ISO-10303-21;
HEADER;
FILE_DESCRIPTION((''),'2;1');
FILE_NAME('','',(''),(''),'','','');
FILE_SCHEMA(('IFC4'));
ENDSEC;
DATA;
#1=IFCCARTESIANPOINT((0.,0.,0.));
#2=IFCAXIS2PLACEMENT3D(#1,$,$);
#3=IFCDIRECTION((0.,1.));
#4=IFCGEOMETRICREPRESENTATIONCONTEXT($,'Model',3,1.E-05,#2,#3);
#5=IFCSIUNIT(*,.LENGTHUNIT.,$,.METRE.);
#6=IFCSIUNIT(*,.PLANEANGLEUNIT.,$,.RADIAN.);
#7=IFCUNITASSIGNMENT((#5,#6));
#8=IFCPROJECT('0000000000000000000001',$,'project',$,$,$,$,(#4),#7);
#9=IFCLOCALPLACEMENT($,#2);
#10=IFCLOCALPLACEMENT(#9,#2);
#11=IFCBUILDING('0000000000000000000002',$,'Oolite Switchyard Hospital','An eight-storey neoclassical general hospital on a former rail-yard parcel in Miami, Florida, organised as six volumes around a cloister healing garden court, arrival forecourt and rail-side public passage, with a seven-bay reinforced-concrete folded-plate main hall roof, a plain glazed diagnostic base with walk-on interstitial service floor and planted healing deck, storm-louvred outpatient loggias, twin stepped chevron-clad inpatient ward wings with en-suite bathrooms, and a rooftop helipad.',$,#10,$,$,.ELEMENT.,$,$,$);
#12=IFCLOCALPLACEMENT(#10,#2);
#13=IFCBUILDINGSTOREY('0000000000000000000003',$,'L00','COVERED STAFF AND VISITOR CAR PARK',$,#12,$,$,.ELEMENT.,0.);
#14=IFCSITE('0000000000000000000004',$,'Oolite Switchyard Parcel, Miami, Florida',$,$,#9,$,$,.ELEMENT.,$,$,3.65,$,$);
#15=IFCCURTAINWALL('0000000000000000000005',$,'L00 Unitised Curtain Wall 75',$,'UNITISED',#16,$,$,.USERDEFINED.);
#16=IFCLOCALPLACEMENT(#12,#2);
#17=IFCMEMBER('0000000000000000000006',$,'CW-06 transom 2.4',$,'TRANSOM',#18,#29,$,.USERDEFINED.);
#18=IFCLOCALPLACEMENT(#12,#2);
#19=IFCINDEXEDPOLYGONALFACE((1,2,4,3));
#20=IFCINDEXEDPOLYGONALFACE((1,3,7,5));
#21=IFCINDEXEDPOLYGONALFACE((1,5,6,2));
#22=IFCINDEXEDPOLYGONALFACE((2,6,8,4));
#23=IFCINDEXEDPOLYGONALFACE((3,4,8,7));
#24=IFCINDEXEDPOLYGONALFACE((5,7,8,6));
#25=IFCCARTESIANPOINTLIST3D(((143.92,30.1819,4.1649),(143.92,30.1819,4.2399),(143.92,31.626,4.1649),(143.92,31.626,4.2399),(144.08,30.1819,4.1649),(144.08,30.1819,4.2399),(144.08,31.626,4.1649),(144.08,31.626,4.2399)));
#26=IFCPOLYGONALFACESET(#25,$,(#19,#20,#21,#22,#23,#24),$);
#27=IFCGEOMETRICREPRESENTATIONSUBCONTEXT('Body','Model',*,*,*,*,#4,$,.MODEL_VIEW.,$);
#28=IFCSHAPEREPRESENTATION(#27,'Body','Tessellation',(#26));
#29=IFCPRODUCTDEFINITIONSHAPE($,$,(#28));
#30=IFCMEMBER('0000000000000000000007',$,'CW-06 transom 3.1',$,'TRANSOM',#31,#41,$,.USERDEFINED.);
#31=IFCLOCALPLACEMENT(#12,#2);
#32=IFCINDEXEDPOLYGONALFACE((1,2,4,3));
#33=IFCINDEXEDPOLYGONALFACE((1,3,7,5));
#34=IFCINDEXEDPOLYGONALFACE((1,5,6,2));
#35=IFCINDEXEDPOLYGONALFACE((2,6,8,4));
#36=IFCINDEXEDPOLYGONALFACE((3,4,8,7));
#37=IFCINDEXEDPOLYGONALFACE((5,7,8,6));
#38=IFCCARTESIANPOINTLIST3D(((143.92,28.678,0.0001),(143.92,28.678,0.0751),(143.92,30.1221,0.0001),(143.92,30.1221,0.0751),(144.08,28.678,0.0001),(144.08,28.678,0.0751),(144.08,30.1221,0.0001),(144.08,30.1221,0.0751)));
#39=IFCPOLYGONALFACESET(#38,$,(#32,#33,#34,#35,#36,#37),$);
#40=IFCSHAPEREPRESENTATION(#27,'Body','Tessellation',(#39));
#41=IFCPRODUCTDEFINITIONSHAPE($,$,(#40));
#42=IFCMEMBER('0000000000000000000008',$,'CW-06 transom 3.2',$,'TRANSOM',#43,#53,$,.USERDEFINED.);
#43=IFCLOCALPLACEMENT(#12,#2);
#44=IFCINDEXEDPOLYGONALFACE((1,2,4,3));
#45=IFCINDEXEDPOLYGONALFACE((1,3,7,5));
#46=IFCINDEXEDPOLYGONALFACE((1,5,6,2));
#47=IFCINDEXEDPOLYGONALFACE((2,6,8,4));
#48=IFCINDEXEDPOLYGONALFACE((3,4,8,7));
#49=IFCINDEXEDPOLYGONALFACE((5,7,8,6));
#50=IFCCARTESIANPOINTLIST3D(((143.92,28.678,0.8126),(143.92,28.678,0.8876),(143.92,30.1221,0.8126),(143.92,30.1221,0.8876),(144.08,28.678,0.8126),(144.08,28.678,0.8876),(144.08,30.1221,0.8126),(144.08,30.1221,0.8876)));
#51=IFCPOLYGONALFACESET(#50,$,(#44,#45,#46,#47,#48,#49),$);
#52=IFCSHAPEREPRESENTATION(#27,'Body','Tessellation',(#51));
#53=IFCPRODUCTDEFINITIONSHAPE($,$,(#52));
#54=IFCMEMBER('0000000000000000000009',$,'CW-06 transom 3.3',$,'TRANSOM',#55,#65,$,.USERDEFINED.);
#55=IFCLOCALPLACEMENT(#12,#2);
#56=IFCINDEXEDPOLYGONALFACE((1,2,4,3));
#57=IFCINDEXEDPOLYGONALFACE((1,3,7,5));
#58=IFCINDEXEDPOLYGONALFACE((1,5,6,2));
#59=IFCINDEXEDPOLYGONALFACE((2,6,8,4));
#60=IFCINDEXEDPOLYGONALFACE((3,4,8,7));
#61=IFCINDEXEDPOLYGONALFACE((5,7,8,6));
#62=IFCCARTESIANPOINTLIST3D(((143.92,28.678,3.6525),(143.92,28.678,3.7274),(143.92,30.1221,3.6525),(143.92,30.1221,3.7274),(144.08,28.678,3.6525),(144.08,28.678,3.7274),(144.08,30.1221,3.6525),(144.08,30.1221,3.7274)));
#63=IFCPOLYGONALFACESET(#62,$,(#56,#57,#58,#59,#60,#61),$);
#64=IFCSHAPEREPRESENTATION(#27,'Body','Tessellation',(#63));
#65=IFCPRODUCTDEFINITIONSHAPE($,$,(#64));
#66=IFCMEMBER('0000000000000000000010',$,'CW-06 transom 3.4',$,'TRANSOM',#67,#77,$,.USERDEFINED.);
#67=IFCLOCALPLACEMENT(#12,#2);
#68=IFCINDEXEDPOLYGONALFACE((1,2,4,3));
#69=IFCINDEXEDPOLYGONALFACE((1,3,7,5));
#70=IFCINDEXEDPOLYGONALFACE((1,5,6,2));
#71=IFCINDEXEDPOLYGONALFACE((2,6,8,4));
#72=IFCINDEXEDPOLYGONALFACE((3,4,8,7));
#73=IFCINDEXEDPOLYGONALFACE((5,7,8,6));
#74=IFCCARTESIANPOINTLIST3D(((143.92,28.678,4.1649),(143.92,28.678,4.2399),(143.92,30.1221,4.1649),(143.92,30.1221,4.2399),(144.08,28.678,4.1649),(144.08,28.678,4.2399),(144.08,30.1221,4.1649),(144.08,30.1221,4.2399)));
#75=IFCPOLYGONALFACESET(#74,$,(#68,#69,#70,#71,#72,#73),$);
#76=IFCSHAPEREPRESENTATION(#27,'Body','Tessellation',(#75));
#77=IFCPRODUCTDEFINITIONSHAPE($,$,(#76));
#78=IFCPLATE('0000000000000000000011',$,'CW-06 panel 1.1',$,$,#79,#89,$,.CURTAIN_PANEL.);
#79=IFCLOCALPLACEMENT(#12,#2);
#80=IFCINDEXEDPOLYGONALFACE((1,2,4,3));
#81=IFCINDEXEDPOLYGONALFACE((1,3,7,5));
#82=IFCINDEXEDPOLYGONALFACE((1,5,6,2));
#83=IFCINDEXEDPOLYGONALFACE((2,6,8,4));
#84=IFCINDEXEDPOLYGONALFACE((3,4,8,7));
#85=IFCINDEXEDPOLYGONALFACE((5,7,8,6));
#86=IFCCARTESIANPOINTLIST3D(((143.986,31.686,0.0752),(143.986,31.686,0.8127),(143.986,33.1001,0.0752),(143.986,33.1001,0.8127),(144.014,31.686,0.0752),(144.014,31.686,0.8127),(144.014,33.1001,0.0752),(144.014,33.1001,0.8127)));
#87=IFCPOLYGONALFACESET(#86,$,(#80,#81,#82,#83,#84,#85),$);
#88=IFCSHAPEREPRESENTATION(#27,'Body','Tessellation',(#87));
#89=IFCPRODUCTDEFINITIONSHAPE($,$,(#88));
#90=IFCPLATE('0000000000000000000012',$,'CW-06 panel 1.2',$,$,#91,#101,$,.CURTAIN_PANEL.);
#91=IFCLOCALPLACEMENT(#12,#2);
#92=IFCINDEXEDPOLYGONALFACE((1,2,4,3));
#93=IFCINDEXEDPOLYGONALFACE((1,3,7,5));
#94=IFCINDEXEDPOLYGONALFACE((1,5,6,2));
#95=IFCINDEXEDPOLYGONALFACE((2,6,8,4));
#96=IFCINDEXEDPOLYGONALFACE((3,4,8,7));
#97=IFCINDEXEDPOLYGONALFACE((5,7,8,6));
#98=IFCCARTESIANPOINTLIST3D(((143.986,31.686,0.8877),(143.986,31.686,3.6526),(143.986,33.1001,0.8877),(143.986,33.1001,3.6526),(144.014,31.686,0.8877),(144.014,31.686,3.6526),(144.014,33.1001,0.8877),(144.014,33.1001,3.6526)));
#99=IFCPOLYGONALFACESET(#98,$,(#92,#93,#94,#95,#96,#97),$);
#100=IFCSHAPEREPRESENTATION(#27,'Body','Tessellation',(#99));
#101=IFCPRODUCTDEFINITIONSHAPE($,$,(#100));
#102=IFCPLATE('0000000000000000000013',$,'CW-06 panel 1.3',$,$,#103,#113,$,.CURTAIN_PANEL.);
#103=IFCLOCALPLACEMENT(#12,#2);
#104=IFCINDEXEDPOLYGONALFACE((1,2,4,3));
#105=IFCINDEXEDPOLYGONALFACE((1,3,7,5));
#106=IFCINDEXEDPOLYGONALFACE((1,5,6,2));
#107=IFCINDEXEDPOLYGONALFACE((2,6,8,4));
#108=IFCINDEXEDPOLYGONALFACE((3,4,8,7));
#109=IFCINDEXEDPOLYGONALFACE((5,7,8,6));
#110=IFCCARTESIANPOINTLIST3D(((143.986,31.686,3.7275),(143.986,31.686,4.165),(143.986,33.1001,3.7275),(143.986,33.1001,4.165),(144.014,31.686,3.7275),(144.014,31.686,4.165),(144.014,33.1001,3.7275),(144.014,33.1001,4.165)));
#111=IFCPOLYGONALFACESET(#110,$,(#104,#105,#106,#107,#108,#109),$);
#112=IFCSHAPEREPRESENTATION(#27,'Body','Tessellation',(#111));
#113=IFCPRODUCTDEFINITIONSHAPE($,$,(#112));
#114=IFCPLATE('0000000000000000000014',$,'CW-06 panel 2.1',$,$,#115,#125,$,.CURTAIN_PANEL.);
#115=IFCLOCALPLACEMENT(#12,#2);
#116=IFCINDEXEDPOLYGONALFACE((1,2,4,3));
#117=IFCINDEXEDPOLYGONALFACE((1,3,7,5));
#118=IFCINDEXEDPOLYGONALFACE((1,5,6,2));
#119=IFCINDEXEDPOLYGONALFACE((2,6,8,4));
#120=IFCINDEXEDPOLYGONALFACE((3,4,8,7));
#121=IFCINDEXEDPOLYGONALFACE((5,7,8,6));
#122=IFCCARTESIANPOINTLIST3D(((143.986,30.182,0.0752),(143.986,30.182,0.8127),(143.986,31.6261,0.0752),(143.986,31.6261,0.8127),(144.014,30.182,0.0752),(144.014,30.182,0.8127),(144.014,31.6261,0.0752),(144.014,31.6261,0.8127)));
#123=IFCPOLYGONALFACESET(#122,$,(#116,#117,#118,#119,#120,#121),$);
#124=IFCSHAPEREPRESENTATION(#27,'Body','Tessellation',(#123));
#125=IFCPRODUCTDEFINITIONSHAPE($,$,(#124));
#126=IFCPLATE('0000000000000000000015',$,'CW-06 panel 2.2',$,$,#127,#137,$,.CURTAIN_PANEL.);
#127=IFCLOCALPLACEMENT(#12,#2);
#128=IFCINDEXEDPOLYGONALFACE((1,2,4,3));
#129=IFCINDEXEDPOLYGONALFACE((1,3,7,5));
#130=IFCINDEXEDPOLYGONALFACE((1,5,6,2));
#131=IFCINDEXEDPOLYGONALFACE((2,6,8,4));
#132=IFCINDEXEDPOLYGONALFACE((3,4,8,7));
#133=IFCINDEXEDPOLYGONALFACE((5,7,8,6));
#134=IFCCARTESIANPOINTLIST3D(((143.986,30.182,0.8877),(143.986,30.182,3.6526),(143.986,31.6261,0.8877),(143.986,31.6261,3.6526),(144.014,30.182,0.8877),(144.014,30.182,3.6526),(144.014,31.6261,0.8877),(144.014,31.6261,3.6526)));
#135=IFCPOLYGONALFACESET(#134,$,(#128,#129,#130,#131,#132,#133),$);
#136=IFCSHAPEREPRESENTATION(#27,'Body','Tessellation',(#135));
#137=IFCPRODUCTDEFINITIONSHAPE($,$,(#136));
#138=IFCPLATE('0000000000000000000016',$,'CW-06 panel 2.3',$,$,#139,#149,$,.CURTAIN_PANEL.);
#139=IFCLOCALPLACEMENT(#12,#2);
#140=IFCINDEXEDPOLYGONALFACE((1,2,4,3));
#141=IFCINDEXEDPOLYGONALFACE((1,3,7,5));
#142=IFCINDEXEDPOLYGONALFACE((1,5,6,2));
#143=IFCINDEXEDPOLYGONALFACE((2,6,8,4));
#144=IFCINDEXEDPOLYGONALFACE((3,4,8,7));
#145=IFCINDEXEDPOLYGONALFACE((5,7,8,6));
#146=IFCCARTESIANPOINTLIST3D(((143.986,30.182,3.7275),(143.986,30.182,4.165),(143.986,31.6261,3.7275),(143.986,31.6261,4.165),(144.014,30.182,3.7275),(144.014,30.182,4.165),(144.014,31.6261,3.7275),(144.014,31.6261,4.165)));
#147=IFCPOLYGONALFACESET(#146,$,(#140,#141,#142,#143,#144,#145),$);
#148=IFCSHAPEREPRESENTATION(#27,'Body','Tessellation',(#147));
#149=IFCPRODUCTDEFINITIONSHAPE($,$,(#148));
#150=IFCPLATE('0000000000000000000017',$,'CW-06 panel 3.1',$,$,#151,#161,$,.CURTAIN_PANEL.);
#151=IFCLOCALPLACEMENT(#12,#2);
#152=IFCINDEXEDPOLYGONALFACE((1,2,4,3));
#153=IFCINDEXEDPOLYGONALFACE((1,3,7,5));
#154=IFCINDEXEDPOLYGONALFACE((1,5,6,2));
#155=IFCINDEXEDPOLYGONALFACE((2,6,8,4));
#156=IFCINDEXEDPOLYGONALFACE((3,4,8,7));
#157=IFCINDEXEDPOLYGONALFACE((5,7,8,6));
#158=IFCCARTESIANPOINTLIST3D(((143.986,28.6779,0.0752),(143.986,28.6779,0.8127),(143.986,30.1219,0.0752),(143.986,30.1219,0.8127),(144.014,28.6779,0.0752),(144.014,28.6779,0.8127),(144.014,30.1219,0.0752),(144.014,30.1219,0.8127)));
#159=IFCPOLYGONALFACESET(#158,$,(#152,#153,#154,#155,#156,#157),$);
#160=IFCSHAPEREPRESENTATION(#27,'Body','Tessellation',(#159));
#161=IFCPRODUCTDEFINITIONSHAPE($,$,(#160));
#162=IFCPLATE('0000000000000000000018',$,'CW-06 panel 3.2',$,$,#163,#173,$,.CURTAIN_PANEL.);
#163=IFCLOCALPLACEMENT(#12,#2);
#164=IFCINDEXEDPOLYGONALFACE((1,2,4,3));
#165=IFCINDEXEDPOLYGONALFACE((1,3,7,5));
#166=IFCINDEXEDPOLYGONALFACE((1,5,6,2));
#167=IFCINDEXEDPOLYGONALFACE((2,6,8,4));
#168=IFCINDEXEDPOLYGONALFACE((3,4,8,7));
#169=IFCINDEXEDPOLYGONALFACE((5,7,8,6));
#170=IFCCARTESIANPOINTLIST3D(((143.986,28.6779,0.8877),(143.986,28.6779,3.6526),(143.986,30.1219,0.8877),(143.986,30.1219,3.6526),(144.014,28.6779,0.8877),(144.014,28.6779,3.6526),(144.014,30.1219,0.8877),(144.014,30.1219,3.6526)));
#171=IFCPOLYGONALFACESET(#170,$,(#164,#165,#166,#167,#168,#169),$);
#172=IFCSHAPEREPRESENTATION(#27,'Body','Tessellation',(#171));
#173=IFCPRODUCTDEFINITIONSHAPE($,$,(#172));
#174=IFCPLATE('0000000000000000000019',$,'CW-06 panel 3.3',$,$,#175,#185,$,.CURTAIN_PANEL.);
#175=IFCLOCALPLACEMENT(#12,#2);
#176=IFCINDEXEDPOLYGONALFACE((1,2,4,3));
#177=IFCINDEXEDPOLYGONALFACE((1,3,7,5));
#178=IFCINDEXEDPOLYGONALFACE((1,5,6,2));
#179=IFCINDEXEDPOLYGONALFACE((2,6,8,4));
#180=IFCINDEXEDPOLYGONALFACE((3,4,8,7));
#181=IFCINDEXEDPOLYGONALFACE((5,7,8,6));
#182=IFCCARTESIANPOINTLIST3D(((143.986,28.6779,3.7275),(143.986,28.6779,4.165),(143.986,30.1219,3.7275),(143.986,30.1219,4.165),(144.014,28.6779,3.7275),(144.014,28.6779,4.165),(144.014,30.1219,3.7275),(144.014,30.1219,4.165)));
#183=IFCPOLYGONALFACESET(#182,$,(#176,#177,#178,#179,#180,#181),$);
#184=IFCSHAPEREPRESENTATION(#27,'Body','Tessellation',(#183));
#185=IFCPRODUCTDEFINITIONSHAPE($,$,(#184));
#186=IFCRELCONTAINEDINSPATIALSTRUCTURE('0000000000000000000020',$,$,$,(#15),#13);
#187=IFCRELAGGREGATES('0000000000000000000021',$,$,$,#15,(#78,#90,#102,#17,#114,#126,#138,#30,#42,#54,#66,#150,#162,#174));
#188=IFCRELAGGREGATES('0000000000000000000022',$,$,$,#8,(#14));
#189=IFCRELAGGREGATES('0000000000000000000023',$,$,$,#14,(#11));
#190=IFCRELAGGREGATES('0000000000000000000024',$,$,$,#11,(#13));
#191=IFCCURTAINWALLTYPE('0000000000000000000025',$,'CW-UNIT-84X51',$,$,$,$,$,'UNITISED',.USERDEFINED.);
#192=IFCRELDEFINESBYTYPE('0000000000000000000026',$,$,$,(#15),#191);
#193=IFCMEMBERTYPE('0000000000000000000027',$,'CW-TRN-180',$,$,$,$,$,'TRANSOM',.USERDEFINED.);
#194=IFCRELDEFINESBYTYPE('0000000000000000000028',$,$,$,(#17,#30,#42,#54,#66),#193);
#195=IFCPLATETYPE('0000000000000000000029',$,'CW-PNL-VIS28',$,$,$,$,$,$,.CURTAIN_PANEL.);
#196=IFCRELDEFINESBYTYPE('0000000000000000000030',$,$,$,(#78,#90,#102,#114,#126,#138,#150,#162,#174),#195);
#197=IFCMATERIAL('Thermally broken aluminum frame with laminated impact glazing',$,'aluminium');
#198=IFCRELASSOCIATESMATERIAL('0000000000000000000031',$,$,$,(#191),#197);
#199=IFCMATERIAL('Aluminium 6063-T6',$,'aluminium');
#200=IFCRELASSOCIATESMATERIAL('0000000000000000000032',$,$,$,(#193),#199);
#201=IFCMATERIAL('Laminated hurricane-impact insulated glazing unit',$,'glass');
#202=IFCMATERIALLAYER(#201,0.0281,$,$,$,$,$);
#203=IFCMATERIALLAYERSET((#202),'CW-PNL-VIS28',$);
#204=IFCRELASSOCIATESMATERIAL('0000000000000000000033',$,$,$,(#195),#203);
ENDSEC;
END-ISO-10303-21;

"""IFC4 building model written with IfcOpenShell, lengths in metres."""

from ifc_helpers import new_model, si_unit, direction, frame, origin, origin_2d, place, context, subcontext, project, spatial, rectangle, extrude, material, layer, layer_set, material_profile, profile_set, type_object, element, aggregate, save


model = new_model("IFC4")

# Units and contexts
model_context = context("Model", 3, precision=1e-05, world=origin(), true_north=direction((0.0, 1.0)))
body_context = subcontext(model_context, "Body", "Model", "MODEL_VIEW")
ifc_project = project(units=[si_unit("LENGTHUNIT", "METRE"), si_unit("PLANEANGLEUNIT", "RADIAN")], contexts=[model_context])

# Site, building, storey
site_placement = place(None, origin())
site = spatial("IfcSite", under=ifc_project, at=site_placement, Name="Oolite Switchyard Parcel, Miami, Florida", CompositionType="ELEMENT", RefElevation=3.65)
building_placement = place(site_placement, origin())
building = spatial("IfcBuilding", under=site, at=building_placement, Name="Oolite Switchyard Hospital", Description="An eight-storey neoclassical general hospital on a former rail-yard parcel in Miami, Florida, organised as six volumes around a cloister healing garden court, arrival forecourt and rail-side public passage, with a seven-bay reinforced-concrete folded-plate main hall roof, a plain glazed diagnostic base with walk-on interstitial service floor and planted healing deck, storm-louvred outpatient loggias, twin stepped chevron-clad inpatient ward wings with en-suite bathrooms, and a rooftop helipad.", CompositionType="ELEMENT")
storey_placement = place(building_placement, origin())
storey = spatial("IfcBuildingStorey", under=building, at=storey_placement, Name="L00", Description="COVERED STAFF AND VISITOR CAR PARK", CompositionType="ELEMENT", Elevation=0.0)

# Curtain wall, members, plates
ifc_material_1 = material(Name="Thermally broken aluminum frame with laminated impact glazing", Category="aluminium")
curtain_wall_type = type_object("IfcCurtainWallType", Name="CW-UNIT-84X51", ElementType="UNITISED", PredefinedType="USERDEFINED", material=ifc_material_1)
curtain_wall_placement = place(storey_placement, origin())
curtain_wall = element("IfcCurtainWall", 1, at=curtain_wall_placement, inside=storey, type_object=curtain_wall_type, Name="L00 Unitised Curtain Wall 75", ObjectType="UNITISED", PredefinedType="USERDEFINED")
ifc_material_2 = material(Name="Aluminium 6063-T6", Category="aluminium")
ifc_material_profile_1 = material_profile(ifc_material_2, rectangle(XDim=0.1599, YDim=0.075, at=origin_2d()), Name="CWT75X160")
ifc_profile_set_1 = profile_set([ifc_material_profile_1], Name="Aluminium 6063-T6")
member_type_1 = type_object("IfcMemberType", Name="CW-TRN-180", ElementType="TRANSOM", PredefinedType="USERDEFINED", material=ifc_profile_set_1)
member_1_placement = place(storey_placement, frame((144.0, 31.626, 4.2024), z_axis=(0.0, -1.0, 0.0), x_axis=(1.0, 0.0, 0.0)))
member_1 = element("IfcMember", 2, at=member_1_placement, type_object=member_type_1, Name="CW-06 transom 2.4", ObjectType="TRANSOM", PredefinedType="USERDEFINED", context=body_context, shape_type="SweptSolid", body=[
    extrude(rectangle(XDim=0.1599, YDim=0.075, at=origin_2d()), origin(), (0.0, 0.0, 1.0), 1.4441),
])
member_2_placement = place(storey_placement, frame((144.0, 30.1221, 0.0376), z_axis=(0.0, -1.0, 0.0), x_axis=(1.0, 0.0, 0.0)))
member_2 = element("IfcMember", 3, at=member_2_placement, type_object=member_type_1, Name="CW-06 transom 3.1", ObjectType="TRANSOM", PredefinedType="USERDEFINED", context=body_context, shape_type="SweptSolid", body=[
    extrude(rectangle(XDim=0.1599, YDim=0.075, at=origin_2d()), origin(), (0.0, 0.0, 1.0), 1.4441),
])
member_3_placement = place(storey_placement, frame((144.0, 30.1221, 0.8501), z_axis=(0.0, -1.0, 0.0), x_axis=(1.0, 0.0, 0.0)))
member_3 = element("IfcMember", 4, at=member_3_placement, type_object=member_type_1, Name="CW-06 transom 3.2", ObjectType="TRANSOM", PredefinedType="USERDEFINED", context=body_context, shape_type="SweptSolid", body=[
    extrude(rectangle(XDim=0.1599, YDim=0.075, at=origin_2d()), origin(), (0.0, 0.0, 1.0), 1.4441),
])
member_4_placement = place(storey_placement, frame((144.0, 30.1221, 3.6899), z_axis=(0.0, -1.0, 0.0), x_axis=(1.0, 0.0, 0.0)))
member_4 = element("IfcMember", 5, at=member_4_placement, type_object=member_type_1, Name="CW-06 transom 3.3", ObjectType="TRANSOM", PredefinedType="USERDEFINED", context=body_context, shape_type="SweptSolid", body=[
    extrude(rectangle(XDim=0.1599, YDim=0.075, at=origin_2d()), origin(), (0.0, 0.0, 1.0), 1.4441),
])
member_5_placement = place(storey_placement, frame((144.0, 30.1221, 4.2024), z_axis=(0.0, -1.0, 0.0), x_axis=(1.0, 0.0, 0.0)))
member_5 = element("IfcMember", 6, at=member_5_placement, type_object=member_type_1, Name="CW-06 transom 3.4", ObjectType="TRANSOM", PredefinedType="USERDEFINED", context=body_context, shape_type="SweptSolid", body=[
    extrude(rectangle(XDim=0.1599, YDim=0.075, at=origin_2d()), origin(), (0.0, 0.0, 1.0), 1.4441),
])
ifc_material_3 = material(Name="Laminated hurricane-impact insulated glazing unit", Category="glass")
ifc_layer = layer(ifc_material_3, 0.0281)
ifc_layer_set = layer_set([ifc_layer], Name="CW-PNL-VIS28")
plate_type = type_object("IfcPlateType", Name="CW-PNL-VIS28", PredefinedType="CURTAIN_PANEL", material=ifc_layer_set)
plate_1_placement = place(storey_placement, frame((144.0, 32.3931, 0.0752), z_axis=(0.0, 0.0, 1.0), x_axis=(0.0, -1.0, 0.0)))
plate_1 = element("IfcPlate", 7, at=plate_1_placement, type_object=plate_type, Name="CW-06 panel 1.1", PredefinedType="CURTAIN_PANEL", context=body_context, shape_type="SweptSolid", body=[
    extrude(rectangle(XDim=1.4141, YDim=0.0281, at=origin_2d()), origin(), (0.0, 0.0, 1.0), 0.7375),
])
plate_2_placement = place(storey_placement, frame((144.0, 32.3931, 0.8877), z_axis=(0.0, 0.0, 1.0), x_axis=(0.0, -1.0, 0.0)))
plate_2 = element("IfcPlate", 8, at=plate_2_placement, type_object=plate_type, Name="CW-06 panel 1.2", PredefinedType="CURTAIN_PANEL", context=body_context, shape_type="SweptSolid", body=[
    extrude(rectangle(XDim=1.4141, YDim=0.0281, at=origin_2d()), origin(), (0.0, 0.0, 1.0), 2.7649),
])
plate_3_placement = place(storey_placement, frame((144.0, 32.3931, 3.7275), z_axis=(0.0, 0.0, 1.0), x_axis=(0.0, -1.0, 0.0)))
plate_3 = element("IfcPlate", 9, at=plate_3_placement, type_object=plate_type, Name="CW-06 panel 1.3", PredefinedType="CURTAIN_PANEL", context=body_context, shape_type="SweptSolid", body=[
    extrude(rectangle(XDim=1.4141, YDim=0.0281, at=origin_2d()), origin(), (0.0, 0.0, 1.0), 0.4375),
])
plate_4_placement = place(storey_placement, frame((144.0, 30.9041, 0.0752), z_axis=(0.0, 0.0, 1.0), x_axis=(0.0, -1.0, 0.0)))
plate_4 = element("IfcPlate", 10, at=plate_4_placement, type_object=plate_type, Name="CW-06 panel 2.1", PredefinedType="CURTAIN_PANEL", context=body_context, shape_type="SweptSolid", body=[
    extrude(rectangle(XDim=1.4441, YDim=0.0281, at=origin_2d()), origin(), (0.0, 0.0, 1.0), 0.7375),
])
plate_5_placement = place(storey_placement, frame((144.0, 30.9041, 0.8877), z_axis=(0.0, 0.0, 1.0), x_axis=(0.0, -1.0, 0.0)))
plate_5 = element("IfcPlate", 11, at=plate_5_placement, type_object=plate_type, Name="CW-06 panel 2.2", PredefinedType="CURTAIN_PANEL", context=body_context, shape_type="SweptSolid", body=[
    extrude(rectangle(XDim=1.4441, YDim=0.0281, at=origin_2d()), origin(), (0.0, 0.0, 1.0), 2.7649),
])
plate_6_placement = place(storey_placement, frame((144.0, 30.9041, 3.7275), z_axis=(0.0, 0.0, 1.0), x_axis=(0.0, -1.0, 0.0)))
plate_6 = element("IfcPlate", 12, at=plate_6_placement, type_object=plate_type, Name="CW-06 panel 2.3", PredefinedType="CURTAIN_PANEL", context=body_context, shape_type="SweptSolid", body=[
    extrude(rectangle(XDim=1.4441, YDim=0.0281, at=origin_2d()), origin(), (0.0, 0.0, 1.0), 0.4375),
])
plate_7_placement = place(storey_placement, frame((144.0, 29.3999, 0.0752), z_axis=(0.0, 0.0, 1.0), x_axis=(0.0, -1.0, 0.0)))
plate_7 = element("IfcPlate", 13, at=plate_7_placement, type_object=plate_type, Name="CW-06 panel 3.1", PredefinedType="CURTAIN_PANEL", context=body_context, shape_type="SweptSolid", body=[
    extrude(rectangle(XDim=1.4441, YDim=0.0281, at=origin_2d()), origin(), (0.0, 0.0, 1.0), 0.7375),
])
plate_8_placement = place(storey_placement, frame((144.0, 29.3999, 0.8877), z_axis=(0.0, 0.0, 1.0), x_axis=(0.0, -1.0, 0.0)))
plate_8 = element("IfcPlate", 14, at=plate_8_placement, type_object=plate_type, Name="CW-06 panel 3.2", PredefinedType="CURTAIN_PANEL", context=body_context, shape_type="SweptSolid", body=[
    extrude(rectangle(XDim=1.4441, YDim=0.0281, at=origin_2d()), origin(), (0.0, 0.0, 1.0), 2.7649),
])
plate_9_placement = place(storey_placement, frame((144.0, 29.3999, 3.7275), z_axis=(0.0, 0.0, 1.0), x_axis=(0.0, -1.0, 0.0)))
plate_9 = element("IfcPlate", 15, at=plate_9_placement, type_object=plate_type, Name="CW-06 panel 3.3", PredefinedType="CURTAIN_PANEL", context=body_context, shape_type="SweptSolid", body=[
    extrude(rectangle(XDim=1.4441, YDim=0.0281, at=origin_2d()), origin(), (0.0, 0.0, 1.0), 0.4375),
])
aggregate(curtain_wall, [plate_1, plate_2, plate_3, member_1, plate_4, plate_5, plate_6, member_2, member_3, member_4, member_5, plate_7, plate_8, plate_9])

save(model, "model.ifc")
